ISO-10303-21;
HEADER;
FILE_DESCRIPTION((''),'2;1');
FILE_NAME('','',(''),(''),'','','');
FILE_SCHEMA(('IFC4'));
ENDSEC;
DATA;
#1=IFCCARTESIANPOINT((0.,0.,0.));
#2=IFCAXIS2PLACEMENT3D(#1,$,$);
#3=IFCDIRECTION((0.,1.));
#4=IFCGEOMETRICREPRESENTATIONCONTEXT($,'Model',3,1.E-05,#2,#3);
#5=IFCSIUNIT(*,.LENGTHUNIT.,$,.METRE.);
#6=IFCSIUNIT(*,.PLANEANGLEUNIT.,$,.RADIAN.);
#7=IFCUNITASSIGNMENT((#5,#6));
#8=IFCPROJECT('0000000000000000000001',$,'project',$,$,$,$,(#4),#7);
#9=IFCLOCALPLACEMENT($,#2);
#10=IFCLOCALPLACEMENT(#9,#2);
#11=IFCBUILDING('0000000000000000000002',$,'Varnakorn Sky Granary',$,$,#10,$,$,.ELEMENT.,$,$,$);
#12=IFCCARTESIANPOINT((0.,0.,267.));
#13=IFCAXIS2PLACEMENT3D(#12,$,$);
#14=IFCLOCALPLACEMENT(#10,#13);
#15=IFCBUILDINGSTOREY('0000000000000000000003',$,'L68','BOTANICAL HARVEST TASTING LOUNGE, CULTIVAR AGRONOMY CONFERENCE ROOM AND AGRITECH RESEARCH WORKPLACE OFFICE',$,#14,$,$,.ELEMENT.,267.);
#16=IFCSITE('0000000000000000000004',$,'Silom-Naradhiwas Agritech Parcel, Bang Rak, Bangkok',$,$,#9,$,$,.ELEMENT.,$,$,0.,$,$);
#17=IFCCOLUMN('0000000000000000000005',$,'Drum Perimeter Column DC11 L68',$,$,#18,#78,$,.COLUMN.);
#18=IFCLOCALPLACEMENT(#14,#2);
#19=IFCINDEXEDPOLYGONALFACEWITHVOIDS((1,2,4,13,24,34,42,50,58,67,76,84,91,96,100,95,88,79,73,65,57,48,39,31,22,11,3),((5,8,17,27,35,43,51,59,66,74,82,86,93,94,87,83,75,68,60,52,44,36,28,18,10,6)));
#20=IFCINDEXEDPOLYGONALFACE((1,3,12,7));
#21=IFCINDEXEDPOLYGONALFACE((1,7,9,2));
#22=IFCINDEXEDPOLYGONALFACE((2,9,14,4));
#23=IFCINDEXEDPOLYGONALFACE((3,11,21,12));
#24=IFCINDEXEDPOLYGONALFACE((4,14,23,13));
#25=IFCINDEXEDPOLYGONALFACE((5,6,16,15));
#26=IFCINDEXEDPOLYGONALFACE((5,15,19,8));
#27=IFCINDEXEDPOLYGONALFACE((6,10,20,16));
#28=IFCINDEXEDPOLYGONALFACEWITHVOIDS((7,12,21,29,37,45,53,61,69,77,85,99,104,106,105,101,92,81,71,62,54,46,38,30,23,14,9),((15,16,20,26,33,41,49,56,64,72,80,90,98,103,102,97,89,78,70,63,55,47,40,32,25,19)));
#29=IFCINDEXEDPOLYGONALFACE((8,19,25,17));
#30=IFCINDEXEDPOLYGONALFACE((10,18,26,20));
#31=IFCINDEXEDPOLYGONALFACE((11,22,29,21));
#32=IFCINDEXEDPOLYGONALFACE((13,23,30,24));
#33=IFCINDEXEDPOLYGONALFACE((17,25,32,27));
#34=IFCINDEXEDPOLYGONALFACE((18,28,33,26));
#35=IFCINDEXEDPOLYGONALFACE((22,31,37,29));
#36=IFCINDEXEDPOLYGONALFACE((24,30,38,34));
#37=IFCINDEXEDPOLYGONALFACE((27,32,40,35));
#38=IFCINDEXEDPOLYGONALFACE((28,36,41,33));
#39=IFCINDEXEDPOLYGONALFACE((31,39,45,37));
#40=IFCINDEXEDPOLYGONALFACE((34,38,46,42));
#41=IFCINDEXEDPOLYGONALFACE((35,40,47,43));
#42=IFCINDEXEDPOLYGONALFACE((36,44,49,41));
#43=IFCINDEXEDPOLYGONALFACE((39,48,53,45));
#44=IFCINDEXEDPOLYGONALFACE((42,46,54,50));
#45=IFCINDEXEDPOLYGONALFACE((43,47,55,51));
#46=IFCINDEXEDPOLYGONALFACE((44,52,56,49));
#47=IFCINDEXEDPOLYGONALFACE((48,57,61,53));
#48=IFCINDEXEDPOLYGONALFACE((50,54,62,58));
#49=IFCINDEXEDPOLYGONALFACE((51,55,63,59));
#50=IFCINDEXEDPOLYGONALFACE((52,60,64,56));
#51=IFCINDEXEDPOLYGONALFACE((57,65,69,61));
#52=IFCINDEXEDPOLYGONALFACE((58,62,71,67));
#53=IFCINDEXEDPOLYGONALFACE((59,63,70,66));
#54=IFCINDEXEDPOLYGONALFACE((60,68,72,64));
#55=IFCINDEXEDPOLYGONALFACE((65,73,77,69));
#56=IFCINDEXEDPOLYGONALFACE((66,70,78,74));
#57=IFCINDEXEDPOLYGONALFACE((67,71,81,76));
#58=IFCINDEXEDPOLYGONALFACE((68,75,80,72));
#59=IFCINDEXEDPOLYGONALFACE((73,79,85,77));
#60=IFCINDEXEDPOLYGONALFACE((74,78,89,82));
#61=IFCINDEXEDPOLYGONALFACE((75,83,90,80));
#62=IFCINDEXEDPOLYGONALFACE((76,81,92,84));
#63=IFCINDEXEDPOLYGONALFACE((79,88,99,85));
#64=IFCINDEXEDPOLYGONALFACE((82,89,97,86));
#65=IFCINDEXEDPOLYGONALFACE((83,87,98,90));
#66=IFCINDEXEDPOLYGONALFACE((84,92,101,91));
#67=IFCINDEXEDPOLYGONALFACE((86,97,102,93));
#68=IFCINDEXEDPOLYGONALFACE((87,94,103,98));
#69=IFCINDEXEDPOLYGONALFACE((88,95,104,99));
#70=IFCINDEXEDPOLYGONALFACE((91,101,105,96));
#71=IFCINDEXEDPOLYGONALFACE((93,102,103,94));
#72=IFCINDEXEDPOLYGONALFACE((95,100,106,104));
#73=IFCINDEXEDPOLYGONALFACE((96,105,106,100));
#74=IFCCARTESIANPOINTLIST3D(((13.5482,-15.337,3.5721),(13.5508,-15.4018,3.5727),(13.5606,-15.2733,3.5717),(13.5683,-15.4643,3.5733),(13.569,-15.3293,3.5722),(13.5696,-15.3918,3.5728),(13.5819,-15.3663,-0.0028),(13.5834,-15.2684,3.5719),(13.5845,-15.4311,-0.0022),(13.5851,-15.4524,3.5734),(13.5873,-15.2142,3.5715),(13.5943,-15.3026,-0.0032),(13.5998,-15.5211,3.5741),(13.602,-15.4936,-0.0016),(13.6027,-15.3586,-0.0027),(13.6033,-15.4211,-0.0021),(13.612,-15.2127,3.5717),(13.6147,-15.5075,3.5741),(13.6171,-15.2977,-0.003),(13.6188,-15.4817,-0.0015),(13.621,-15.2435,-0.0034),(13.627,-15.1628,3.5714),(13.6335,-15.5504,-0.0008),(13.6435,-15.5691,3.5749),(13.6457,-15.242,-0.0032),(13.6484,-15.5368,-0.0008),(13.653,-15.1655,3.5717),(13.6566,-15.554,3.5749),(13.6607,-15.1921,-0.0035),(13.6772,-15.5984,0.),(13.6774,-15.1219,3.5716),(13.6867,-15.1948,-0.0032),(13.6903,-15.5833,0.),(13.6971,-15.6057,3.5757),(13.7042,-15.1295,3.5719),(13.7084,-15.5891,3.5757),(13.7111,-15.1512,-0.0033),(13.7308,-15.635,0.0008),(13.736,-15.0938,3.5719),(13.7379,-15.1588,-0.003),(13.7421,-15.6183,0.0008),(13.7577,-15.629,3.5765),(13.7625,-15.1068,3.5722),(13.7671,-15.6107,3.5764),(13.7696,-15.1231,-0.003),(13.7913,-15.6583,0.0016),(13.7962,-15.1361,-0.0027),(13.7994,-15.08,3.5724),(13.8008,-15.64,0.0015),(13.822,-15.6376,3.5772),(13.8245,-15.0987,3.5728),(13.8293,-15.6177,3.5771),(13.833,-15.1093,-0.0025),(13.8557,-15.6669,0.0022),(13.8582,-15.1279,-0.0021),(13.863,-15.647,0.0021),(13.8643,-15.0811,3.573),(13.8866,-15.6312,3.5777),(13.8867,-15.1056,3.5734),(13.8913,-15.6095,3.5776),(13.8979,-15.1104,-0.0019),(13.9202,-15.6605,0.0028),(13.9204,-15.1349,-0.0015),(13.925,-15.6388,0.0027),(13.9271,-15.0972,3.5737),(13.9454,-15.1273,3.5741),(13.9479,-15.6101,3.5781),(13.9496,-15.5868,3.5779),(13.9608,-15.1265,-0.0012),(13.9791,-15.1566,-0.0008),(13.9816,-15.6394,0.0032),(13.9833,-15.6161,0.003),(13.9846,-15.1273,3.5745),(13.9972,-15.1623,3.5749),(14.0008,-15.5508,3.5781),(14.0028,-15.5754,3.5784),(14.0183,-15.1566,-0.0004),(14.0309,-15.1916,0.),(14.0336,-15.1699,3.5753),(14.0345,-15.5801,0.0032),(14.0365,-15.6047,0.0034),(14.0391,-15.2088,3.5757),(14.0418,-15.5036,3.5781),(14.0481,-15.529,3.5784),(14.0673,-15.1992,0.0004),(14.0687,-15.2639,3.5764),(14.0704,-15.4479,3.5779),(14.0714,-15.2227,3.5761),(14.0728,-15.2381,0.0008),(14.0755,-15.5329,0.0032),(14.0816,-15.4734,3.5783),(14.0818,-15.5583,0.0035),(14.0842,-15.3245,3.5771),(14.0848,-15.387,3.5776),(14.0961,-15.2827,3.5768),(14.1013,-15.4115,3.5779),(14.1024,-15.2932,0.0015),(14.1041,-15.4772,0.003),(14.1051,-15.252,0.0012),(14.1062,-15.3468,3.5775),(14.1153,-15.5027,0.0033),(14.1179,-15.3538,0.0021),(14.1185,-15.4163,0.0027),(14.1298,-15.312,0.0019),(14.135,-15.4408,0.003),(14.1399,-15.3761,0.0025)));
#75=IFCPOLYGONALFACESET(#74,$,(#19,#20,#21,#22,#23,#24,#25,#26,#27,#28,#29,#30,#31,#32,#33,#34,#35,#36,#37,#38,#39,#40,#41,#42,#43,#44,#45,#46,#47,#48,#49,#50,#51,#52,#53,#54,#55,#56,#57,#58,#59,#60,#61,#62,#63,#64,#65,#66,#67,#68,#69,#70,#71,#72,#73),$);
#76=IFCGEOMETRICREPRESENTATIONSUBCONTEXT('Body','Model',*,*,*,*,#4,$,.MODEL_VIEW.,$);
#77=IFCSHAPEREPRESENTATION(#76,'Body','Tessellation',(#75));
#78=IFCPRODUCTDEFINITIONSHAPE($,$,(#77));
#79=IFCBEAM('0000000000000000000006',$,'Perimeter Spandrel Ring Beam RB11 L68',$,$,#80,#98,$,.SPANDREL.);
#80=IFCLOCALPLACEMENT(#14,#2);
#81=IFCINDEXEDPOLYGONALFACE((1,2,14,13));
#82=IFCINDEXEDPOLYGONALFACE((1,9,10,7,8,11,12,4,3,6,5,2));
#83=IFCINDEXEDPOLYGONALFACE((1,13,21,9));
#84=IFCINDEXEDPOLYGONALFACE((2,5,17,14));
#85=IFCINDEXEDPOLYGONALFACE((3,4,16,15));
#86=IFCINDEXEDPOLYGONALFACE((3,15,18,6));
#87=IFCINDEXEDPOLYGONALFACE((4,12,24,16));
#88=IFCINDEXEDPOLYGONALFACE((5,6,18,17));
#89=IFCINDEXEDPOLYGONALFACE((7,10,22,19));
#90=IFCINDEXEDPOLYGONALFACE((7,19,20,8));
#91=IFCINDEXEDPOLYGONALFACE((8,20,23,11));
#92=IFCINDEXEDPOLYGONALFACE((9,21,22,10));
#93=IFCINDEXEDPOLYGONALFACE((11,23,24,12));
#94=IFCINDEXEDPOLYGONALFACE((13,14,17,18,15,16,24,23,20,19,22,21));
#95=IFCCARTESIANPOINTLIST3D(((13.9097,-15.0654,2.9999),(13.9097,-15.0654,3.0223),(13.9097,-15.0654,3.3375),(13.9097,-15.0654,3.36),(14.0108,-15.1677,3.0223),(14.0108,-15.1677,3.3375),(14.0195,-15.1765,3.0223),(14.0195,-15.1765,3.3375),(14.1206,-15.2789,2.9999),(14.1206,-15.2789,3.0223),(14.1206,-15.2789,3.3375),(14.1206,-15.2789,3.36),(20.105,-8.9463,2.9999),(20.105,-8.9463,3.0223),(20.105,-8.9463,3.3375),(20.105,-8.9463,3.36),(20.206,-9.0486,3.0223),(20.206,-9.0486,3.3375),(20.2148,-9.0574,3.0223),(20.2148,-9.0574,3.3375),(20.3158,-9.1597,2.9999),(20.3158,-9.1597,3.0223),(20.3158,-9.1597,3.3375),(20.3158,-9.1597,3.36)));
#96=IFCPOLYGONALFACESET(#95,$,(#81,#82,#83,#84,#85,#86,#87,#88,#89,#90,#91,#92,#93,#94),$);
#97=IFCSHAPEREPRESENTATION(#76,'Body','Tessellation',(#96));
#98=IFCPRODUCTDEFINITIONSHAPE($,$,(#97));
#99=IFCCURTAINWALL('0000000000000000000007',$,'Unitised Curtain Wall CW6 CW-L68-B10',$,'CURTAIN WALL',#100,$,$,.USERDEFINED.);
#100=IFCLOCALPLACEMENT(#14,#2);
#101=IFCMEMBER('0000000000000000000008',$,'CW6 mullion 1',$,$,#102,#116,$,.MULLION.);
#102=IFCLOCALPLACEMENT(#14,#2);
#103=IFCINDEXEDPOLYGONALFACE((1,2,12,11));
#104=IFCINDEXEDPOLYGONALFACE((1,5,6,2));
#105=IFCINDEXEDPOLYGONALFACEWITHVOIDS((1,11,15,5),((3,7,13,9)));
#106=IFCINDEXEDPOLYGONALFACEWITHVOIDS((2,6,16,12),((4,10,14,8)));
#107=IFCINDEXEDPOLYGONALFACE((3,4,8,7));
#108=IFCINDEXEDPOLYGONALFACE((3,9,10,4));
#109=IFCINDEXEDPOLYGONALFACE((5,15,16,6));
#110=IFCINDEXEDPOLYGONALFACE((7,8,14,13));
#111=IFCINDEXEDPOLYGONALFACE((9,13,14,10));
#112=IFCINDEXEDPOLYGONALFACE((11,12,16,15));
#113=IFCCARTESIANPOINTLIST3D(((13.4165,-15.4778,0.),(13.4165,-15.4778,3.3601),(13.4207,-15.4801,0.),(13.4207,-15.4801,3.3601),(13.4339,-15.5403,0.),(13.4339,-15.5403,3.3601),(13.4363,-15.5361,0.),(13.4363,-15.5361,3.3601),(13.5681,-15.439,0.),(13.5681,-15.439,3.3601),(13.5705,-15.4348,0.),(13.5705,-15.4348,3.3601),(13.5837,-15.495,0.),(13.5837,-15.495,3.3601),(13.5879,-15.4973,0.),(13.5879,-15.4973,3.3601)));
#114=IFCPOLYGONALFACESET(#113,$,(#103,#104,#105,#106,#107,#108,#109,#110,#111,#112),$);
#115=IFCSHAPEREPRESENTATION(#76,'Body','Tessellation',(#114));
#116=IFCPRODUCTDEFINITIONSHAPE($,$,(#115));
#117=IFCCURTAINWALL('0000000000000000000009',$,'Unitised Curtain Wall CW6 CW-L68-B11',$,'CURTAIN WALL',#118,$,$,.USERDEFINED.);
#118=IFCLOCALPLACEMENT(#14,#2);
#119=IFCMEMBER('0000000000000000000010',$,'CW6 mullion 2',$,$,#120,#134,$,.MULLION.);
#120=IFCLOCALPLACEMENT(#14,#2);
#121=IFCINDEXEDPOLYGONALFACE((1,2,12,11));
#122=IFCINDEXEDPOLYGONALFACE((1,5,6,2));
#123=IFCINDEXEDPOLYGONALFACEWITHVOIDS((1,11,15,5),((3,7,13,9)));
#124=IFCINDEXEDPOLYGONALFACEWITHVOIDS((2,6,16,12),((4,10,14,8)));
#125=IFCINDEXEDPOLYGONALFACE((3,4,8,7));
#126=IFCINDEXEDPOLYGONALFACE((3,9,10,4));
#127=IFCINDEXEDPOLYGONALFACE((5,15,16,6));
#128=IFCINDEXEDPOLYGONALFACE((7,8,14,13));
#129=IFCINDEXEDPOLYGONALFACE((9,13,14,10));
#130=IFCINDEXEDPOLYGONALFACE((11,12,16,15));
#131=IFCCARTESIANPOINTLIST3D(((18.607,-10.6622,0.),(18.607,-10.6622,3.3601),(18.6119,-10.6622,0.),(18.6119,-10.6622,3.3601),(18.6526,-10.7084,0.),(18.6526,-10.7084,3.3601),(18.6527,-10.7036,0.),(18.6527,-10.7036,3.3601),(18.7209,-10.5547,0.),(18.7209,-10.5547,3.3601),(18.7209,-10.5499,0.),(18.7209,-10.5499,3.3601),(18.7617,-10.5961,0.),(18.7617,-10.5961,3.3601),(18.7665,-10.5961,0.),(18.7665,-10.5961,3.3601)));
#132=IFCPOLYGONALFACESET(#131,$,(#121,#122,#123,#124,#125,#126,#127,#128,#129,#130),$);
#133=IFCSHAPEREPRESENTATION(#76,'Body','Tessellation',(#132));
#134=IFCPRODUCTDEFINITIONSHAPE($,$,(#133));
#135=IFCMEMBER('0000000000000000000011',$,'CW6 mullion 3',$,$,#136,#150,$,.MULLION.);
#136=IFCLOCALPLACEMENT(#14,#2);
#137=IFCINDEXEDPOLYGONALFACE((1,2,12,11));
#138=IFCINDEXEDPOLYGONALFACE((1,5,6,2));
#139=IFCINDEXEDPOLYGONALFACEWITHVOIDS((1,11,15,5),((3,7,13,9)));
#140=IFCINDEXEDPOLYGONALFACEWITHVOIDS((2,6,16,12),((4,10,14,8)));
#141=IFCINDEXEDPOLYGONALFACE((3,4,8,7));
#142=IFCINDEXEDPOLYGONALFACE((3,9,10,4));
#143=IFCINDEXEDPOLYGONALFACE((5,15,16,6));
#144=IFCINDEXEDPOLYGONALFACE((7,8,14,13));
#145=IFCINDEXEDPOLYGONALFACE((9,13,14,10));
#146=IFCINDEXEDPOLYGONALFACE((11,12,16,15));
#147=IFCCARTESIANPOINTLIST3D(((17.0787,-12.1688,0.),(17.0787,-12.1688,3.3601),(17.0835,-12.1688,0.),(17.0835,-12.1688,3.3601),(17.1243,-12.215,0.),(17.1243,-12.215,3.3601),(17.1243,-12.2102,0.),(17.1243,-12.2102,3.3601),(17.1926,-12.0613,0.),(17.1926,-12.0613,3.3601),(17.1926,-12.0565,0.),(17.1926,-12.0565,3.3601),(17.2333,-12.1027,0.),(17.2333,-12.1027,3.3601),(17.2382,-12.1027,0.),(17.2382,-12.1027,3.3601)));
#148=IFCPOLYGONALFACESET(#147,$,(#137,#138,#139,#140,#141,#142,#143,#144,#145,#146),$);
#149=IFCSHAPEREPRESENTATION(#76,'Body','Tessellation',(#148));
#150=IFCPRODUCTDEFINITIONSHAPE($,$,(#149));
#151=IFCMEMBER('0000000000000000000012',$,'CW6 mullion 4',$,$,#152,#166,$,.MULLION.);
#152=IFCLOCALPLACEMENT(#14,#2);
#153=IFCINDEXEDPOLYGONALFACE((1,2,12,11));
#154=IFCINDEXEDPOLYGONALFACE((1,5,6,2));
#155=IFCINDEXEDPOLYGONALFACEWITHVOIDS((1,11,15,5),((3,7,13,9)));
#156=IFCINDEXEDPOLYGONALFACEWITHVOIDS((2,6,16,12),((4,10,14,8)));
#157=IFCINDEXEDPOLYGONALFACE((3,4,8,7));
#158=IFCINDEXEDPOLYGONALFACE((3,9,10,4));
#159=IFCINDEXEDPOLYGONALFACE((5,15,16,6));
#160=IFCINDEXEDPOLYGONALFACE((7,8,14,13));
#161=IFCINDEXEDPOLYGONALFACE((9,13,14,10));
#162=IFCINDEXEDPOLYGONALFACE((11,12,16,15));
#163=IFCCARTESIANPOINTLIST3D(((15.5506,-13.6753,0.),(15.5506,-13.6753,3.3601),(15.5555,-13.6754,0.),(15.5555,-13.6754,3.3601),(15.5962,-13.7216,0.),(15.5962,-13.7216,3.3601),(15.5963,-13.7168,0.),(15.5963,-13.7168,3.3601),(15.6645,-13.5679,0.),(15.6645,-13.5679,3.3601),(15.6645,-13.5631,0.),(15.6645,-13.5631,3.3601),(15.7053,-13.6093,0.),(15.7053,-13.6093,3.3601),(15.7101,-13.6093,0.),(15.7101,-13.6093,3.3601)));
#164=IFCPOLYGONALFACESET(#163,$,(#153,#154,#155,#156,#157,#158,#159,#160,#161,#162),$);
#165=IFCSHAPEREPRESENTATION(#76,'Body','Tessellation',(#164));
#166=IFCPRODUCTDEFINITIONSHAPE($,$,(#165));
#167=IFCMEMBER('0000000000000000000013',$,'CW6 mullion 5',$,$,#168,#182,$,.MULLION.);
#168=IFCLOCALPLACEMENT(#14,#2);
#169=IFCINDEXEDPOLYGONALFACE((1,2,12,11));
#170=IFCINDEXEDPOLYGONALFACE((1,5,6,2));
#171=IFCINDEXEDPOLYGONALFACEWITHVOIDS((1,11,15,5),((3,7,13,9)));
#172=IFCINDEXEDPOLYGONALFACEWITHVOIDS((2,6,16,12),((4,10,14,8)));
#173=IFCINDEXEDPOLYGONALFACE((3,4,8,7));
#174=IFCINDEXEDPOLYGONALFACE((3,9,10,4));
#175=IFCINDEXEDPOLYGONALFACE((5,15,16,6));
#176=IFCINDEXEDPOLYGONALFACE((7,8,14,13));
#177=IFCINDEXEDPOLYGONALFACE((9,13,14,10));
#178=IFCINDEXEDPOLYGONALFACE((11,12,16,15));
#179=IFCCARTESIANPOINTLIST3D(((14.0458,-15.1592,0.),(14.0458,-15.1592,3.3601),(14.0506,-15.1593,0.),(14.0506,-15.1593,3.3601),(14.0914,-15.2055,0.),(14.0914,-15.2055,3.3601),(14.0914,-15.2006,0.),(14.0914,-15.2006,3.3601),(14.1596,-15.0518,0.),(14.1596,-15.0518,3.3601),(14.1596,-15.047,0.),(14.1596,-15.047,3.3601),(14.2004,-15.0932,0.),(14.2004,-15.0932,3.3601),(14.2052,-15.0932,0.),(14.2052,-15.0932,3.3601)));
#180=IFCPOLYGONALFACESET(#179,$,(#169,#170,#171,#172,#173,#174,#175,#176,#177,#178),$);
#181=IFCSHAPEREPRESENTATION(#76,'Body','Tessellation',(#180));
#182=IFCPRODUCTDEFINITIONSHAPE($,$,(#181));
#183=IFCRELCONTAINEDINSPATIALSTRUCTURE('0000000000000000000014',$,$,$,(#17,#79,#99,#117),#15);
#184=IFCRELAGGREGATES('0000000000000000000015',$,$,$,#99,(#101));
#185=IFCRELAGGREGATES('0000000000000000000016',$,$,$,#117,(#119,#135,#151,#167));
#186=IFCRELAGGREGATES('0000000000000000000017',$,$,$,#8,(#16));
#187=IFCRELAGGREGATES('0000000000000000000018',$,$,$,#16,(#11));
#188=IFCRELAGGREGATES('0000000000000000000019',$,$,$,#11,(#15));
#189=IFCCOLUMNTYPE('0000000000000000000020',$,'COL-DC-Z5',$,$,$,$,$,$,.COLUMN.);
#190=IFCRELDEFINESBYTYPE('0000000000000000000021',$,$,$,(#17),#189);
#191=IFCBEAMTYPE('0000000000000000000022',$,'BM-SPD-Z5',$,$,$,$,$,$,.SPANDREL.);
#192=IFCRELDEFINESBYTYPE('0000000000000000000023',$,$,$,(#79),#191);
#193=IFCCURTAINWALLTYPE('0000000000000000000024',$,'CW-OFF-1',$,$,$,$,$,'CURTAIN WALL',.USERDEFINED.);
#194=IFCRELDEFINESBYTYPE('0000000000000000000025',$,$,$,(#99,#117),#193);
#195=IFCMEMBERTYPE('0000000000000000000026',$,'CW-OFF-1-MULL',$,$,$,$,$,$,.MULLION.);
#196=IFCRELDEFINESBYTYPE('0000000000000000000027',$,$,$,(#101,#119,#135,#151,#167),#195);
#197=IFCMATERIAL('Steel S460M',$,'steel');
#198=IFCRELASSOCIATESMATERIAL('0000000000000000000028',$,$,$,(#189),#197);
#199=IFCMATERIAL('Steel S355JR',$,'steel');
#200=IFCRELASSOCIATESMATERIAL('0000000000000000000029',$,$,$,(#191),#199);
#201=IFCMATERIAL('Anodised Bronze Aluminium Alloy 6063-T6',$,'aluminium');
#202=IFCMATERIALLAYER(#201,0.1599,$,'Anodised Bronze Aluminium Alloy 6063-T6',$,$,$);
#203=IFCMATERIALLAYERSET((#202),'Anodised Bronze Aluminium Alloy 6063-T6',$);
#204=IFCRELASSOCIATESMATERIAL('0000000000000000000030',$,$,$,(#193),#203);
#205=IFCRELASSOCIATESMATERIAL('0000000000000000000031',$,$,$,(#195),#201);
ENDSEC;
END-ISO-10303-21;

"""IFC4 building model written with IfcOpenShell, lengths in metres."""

from ifc_helpers import new_model, si_unit, direction, frame, origin, origin_2d, place, context, subcontext, project, spatial, hollow_rectangle, hollow_circle, i_section, extrude, material, layer, layer_set, material_profile, profile_set, type_object, element, aggregate, save


model = new_model("IFC4")

# Units and contexts
model_context = context("Model", 3, precision=1e-05, world=origin(), true_north=direction((0.0, 1.0)))
body_context = subcontext(model_context, "Body", "Model", "MODEL_VIEW")
ifc_project = project(units=[si_unit("LENGTHUNIT", "METRE"), si_unit("PLANEANGLEUNIT", "RADIAN")], contexts=[model_context])

# Site, building, storey
site_placement = place(None, origin())
site = spatial("IfcSite", under=ifc_project, at=site_placement, Name="Silom-Naradhiwas Agritech Parcel, Bang Rak, Bangkok", CompositionType="ELEMENT", RefElevation=0.0)
building_placement = place(site_placement, origin())
building = spatial("IfcBuilding", under=site, at=building_placement, Name="Varnakorn Sky Granary", CompositionType="ELEMENT")
storey_placement = place(building_placement, frame((0.0, 0.0, 267.0)))
storey = spatial("IfcBuildingStorey", under=building, at=storey_placement, Name="L68", Description="BOTANICAL HARVEST TASTING LOUNGE, CULTIVAR AGRONOMY CONFERENCE ROOM AND AGRITECH RESEARCH WORKPLACE OFFICE", CompositionType="ELEMENT", Elevation=267.0)

# Column
ifc_material_1 = material(Name="Steel S460M", Category="steel")
ifc_material_profile_1 = material_profile(ifc_material_1, hollow_circle(Radius=0.2795, WallThickness=0.02, at=origin_2d()), Name="CHS 559x20")
ifc_profile_set_1 = profile_set([ifc_material_profile_1], Name="Steel S460M")
column_type = type_object("IfcColumnType", Name="COL-DC-Z5", PredefinedType="COLUMN", material=ifc_profile_set_1)
column_placement = place(storey_placement, frame((13.8606, -15.3875, 0.0), z_axis=(-0.009424, 0.008194, 0.999922), x_axis=(-0.656179, -0.754606, 0.0)))
element("IfcColumn", 1, at=column_placement, inside=storey, type_object=column_type, Name="Drum Perimeter Column DC11 L68", PredefinedType="COLUMN", context=body_context, shape_type="SweptSolid", body=[
    extrude(hollow_circle(Radius=0.2795, WallThickness=0.02, at=origin_2d()), origin(), (0.0, 0.0, 1.0), 3.5752),
])

# Beam
ifc_material_2 = material(Name="Steel S355JR", Category="steel")
ifc_material_profile_2 = material_profile(ifc_material_2, i_section(OverallWidth=0.3, OverallDepth=0.3601, WebThickness=0.0125, FlangeThickness=0.0225, at=origin_2d()), Name="HE 360 B")
ifc_profile_set_2 = profile_set([ifc_material_profile_2], Name="Steel S355JR")
beam_type = type_object("IfcBeamType", Name="BM-SPD-Z5", PredefinedType="SPANDREL", material=ifc_profile_set_2)
beam_placement = place(storey_placement, frame((14.0151, -15.1721, 3.1799), z_axis=(0.711467, 0.702719, 0.0), x_axis=(-0.702719, 0.711467, 0.0)))
element("IfcBeam", 2, at=beam_placement, inside=storey, type_object=beam_type, Name="Perimeter Spandrel Ring Beam RB11 L68", PredefinedType="SPANDREL", context=body_context, shape_type="SweptSolid", body=[
    extrude(i_section(OverallWidth=0.3, OverallDepth=0.3601, WebThickness=0.0125, FlangeThickness=0.0225, at=origin_2d()), origin(), (0.0, 0.0, 1.0), 8.7078),
])

# Curtain wall, member
ifc_material_3 = material(Name="Anodised Bronze Aluminium Alloy 6063-T6", Category="aluminium")
ifc_layer_1 = layer(ifc_material_3, 0.1599, Name="Anodised Bronze Aluminium Alloy 6063-T6")
ifc_layer_set_1 = layer_set([ifc_layer_1], Name="Anodised Bronze Aluminium Alloy 6063-T6")
curtain_wall_type = type_object("IfcCurtainWallType", Name="CW-OFF-1", ElementType="CURTAIN WALL", PredefinedType="USERDEFINED", material=ifc_layer_set_1)
curtain_wall_1_placement = place(storey_placement, origin())
curtain_wall_1 = element("IfcCurtainWall", 3, at=curtain_wall_1_placement, inside=storey, type_object=curtain_wall_type, Name="Unitised Curtain Wall CW6 CW-L68-B10", ObjectType="CURTAIN WALL", PredefinedType="USERDEFINED")
ifc_material_profile_3 = material_profile(ifc_material_3, hollow_rectangle(XDim=0.0649, YDim=0.1599, WallThickness=0.0034, at=origin_2d()), Name="ALU MULL 65x160")
ifc_profile_set_3 = profile_set([ifc_material_profile_3], Name="Anodised Bronze Aluminium Alloy 6063-T6")
member_type_1 = type_object("IfcMemberType", Name="CW-OFF-1-MULL", PredefinedType="MULLION", material=ifc_profile_set_3)
member_1_placement = place(storey_placement, frame((13.5022, -15.4875, 0.0), z_axis=(0.0, 0.0, 1.0), x_axis=(0.26889, -0.963171, 0.0)))
member_1 = element("IfcMember", 4, at=member_1_placement, type_object=member_type_1, Name="CW6 mullion 1", PredefinedType="MULLION", context=body_context, shape_type="SweptSolid", body=[
    extrude(hollow_rectangle(XDim=0.0649, YDim=0.1599, WallThickness=0.0034, at=origin_2d()), origin(), (0.0, 0.0, 1.0), 3.3601),
])

# Curtain wall, members
curtain_wall_2_placement = place(storey_placement, origin())
curtain_wall_2 = element("IfcCurtainWall", 5, at=curtain_wall_2_placement, inside=storey, type_object=curtain_wall_type, Name="Unitised Curtain Wall CW6 CW-L68-B11", ObjectType="CURTAIN WALL", PredefinedType="USERDEFINED")
member_2_placement = place(storey_placement, frame((18.6868, -10.6292, 0.0), z_axis=(0.0, 0.0, 1.0), x_axis=(0.702091, -0.712087, 0.0)))
member_2 = element("IfcMember", 6, at=member_2_placement, type_object=member_type_1, Name="CW6 mullion 2", PredefinedType="MULLION", context=body_context, shape_type="SweptSolid", body=[
    extrude(hollow_rectangle(XDim=0.0649, YDim=0.1599, WallThickness=0.0034, at=origin_2d()), origin(), (0.0, 0.0, 1.0), 3.3601),
])
member_3_placement = place(storey_placement, frame((17.1584, -12.1357, 0.0), z_axis=(0.0, 0.0, 1.0), x_axis=(0.702091, -0.712087, 0.0)))
member_3 = element("IfcMember", 7, at=member_3_placement, type_object=member_type_1, Name="CW6 mullion 3", PredefinedType="MULLION", context=body_context, shape_type="SweptSolid", body=[
    extrude(hollow_rectangle(XDim=0.0649, YDim=0.1599, WallThickness=0.0034, at=origin_2d()), origin(), (0.0, 0.0, 1.0), 3.3601),
])
member_4_placement = place(storey_placement, frame((15.6304, -13.6423, 0.0), z_axis=(0.0, 0.0, 1.0), x_axis=(0.702091, -0.712087, 0.0)))
member_4 = element("IfcMember", 8, at=member_4_placement, type_object=member_type_1, Name="CW6 mullion 4", PredefinedType="MULLION", context=body_context, shape_type="SweptSolid", body=[
    extrude(hollow_rectangle(XDim=0.0649, YDim=0.1599, WallThickness=0.0034, at=origin_2d()), origin(), (0.0, 0.0, 1.0), 3.3601),
])
member_5_placement = place(storey_placement, frame((14.1255, -15.1262, 0.0), z_axis=(0.0, 0.0, 1.0), x_axis=(0.702091, -0.712087, 0.0)))
member_5 = element("IfcMember", 9, at=member_5_placement, type_object=member_type_1, Name="CW6 mullion 5", PredefinedType="MULLION", context=body_context, shape_type="SweptSolid", body=[
    extrude(hollow_rectangle(XDim=0.0649, YDim=0.1599, WallThickness=0.0034, at=origin_2d()), origin(), (0.0, 0.0, 1.0), 3.3601),
])

aggregate(curtain_wall_1, [member_1])

aggregate(curtain_wall_2, [member_2, member_3, member_4, member_5])

save(model, "model.ifc")
